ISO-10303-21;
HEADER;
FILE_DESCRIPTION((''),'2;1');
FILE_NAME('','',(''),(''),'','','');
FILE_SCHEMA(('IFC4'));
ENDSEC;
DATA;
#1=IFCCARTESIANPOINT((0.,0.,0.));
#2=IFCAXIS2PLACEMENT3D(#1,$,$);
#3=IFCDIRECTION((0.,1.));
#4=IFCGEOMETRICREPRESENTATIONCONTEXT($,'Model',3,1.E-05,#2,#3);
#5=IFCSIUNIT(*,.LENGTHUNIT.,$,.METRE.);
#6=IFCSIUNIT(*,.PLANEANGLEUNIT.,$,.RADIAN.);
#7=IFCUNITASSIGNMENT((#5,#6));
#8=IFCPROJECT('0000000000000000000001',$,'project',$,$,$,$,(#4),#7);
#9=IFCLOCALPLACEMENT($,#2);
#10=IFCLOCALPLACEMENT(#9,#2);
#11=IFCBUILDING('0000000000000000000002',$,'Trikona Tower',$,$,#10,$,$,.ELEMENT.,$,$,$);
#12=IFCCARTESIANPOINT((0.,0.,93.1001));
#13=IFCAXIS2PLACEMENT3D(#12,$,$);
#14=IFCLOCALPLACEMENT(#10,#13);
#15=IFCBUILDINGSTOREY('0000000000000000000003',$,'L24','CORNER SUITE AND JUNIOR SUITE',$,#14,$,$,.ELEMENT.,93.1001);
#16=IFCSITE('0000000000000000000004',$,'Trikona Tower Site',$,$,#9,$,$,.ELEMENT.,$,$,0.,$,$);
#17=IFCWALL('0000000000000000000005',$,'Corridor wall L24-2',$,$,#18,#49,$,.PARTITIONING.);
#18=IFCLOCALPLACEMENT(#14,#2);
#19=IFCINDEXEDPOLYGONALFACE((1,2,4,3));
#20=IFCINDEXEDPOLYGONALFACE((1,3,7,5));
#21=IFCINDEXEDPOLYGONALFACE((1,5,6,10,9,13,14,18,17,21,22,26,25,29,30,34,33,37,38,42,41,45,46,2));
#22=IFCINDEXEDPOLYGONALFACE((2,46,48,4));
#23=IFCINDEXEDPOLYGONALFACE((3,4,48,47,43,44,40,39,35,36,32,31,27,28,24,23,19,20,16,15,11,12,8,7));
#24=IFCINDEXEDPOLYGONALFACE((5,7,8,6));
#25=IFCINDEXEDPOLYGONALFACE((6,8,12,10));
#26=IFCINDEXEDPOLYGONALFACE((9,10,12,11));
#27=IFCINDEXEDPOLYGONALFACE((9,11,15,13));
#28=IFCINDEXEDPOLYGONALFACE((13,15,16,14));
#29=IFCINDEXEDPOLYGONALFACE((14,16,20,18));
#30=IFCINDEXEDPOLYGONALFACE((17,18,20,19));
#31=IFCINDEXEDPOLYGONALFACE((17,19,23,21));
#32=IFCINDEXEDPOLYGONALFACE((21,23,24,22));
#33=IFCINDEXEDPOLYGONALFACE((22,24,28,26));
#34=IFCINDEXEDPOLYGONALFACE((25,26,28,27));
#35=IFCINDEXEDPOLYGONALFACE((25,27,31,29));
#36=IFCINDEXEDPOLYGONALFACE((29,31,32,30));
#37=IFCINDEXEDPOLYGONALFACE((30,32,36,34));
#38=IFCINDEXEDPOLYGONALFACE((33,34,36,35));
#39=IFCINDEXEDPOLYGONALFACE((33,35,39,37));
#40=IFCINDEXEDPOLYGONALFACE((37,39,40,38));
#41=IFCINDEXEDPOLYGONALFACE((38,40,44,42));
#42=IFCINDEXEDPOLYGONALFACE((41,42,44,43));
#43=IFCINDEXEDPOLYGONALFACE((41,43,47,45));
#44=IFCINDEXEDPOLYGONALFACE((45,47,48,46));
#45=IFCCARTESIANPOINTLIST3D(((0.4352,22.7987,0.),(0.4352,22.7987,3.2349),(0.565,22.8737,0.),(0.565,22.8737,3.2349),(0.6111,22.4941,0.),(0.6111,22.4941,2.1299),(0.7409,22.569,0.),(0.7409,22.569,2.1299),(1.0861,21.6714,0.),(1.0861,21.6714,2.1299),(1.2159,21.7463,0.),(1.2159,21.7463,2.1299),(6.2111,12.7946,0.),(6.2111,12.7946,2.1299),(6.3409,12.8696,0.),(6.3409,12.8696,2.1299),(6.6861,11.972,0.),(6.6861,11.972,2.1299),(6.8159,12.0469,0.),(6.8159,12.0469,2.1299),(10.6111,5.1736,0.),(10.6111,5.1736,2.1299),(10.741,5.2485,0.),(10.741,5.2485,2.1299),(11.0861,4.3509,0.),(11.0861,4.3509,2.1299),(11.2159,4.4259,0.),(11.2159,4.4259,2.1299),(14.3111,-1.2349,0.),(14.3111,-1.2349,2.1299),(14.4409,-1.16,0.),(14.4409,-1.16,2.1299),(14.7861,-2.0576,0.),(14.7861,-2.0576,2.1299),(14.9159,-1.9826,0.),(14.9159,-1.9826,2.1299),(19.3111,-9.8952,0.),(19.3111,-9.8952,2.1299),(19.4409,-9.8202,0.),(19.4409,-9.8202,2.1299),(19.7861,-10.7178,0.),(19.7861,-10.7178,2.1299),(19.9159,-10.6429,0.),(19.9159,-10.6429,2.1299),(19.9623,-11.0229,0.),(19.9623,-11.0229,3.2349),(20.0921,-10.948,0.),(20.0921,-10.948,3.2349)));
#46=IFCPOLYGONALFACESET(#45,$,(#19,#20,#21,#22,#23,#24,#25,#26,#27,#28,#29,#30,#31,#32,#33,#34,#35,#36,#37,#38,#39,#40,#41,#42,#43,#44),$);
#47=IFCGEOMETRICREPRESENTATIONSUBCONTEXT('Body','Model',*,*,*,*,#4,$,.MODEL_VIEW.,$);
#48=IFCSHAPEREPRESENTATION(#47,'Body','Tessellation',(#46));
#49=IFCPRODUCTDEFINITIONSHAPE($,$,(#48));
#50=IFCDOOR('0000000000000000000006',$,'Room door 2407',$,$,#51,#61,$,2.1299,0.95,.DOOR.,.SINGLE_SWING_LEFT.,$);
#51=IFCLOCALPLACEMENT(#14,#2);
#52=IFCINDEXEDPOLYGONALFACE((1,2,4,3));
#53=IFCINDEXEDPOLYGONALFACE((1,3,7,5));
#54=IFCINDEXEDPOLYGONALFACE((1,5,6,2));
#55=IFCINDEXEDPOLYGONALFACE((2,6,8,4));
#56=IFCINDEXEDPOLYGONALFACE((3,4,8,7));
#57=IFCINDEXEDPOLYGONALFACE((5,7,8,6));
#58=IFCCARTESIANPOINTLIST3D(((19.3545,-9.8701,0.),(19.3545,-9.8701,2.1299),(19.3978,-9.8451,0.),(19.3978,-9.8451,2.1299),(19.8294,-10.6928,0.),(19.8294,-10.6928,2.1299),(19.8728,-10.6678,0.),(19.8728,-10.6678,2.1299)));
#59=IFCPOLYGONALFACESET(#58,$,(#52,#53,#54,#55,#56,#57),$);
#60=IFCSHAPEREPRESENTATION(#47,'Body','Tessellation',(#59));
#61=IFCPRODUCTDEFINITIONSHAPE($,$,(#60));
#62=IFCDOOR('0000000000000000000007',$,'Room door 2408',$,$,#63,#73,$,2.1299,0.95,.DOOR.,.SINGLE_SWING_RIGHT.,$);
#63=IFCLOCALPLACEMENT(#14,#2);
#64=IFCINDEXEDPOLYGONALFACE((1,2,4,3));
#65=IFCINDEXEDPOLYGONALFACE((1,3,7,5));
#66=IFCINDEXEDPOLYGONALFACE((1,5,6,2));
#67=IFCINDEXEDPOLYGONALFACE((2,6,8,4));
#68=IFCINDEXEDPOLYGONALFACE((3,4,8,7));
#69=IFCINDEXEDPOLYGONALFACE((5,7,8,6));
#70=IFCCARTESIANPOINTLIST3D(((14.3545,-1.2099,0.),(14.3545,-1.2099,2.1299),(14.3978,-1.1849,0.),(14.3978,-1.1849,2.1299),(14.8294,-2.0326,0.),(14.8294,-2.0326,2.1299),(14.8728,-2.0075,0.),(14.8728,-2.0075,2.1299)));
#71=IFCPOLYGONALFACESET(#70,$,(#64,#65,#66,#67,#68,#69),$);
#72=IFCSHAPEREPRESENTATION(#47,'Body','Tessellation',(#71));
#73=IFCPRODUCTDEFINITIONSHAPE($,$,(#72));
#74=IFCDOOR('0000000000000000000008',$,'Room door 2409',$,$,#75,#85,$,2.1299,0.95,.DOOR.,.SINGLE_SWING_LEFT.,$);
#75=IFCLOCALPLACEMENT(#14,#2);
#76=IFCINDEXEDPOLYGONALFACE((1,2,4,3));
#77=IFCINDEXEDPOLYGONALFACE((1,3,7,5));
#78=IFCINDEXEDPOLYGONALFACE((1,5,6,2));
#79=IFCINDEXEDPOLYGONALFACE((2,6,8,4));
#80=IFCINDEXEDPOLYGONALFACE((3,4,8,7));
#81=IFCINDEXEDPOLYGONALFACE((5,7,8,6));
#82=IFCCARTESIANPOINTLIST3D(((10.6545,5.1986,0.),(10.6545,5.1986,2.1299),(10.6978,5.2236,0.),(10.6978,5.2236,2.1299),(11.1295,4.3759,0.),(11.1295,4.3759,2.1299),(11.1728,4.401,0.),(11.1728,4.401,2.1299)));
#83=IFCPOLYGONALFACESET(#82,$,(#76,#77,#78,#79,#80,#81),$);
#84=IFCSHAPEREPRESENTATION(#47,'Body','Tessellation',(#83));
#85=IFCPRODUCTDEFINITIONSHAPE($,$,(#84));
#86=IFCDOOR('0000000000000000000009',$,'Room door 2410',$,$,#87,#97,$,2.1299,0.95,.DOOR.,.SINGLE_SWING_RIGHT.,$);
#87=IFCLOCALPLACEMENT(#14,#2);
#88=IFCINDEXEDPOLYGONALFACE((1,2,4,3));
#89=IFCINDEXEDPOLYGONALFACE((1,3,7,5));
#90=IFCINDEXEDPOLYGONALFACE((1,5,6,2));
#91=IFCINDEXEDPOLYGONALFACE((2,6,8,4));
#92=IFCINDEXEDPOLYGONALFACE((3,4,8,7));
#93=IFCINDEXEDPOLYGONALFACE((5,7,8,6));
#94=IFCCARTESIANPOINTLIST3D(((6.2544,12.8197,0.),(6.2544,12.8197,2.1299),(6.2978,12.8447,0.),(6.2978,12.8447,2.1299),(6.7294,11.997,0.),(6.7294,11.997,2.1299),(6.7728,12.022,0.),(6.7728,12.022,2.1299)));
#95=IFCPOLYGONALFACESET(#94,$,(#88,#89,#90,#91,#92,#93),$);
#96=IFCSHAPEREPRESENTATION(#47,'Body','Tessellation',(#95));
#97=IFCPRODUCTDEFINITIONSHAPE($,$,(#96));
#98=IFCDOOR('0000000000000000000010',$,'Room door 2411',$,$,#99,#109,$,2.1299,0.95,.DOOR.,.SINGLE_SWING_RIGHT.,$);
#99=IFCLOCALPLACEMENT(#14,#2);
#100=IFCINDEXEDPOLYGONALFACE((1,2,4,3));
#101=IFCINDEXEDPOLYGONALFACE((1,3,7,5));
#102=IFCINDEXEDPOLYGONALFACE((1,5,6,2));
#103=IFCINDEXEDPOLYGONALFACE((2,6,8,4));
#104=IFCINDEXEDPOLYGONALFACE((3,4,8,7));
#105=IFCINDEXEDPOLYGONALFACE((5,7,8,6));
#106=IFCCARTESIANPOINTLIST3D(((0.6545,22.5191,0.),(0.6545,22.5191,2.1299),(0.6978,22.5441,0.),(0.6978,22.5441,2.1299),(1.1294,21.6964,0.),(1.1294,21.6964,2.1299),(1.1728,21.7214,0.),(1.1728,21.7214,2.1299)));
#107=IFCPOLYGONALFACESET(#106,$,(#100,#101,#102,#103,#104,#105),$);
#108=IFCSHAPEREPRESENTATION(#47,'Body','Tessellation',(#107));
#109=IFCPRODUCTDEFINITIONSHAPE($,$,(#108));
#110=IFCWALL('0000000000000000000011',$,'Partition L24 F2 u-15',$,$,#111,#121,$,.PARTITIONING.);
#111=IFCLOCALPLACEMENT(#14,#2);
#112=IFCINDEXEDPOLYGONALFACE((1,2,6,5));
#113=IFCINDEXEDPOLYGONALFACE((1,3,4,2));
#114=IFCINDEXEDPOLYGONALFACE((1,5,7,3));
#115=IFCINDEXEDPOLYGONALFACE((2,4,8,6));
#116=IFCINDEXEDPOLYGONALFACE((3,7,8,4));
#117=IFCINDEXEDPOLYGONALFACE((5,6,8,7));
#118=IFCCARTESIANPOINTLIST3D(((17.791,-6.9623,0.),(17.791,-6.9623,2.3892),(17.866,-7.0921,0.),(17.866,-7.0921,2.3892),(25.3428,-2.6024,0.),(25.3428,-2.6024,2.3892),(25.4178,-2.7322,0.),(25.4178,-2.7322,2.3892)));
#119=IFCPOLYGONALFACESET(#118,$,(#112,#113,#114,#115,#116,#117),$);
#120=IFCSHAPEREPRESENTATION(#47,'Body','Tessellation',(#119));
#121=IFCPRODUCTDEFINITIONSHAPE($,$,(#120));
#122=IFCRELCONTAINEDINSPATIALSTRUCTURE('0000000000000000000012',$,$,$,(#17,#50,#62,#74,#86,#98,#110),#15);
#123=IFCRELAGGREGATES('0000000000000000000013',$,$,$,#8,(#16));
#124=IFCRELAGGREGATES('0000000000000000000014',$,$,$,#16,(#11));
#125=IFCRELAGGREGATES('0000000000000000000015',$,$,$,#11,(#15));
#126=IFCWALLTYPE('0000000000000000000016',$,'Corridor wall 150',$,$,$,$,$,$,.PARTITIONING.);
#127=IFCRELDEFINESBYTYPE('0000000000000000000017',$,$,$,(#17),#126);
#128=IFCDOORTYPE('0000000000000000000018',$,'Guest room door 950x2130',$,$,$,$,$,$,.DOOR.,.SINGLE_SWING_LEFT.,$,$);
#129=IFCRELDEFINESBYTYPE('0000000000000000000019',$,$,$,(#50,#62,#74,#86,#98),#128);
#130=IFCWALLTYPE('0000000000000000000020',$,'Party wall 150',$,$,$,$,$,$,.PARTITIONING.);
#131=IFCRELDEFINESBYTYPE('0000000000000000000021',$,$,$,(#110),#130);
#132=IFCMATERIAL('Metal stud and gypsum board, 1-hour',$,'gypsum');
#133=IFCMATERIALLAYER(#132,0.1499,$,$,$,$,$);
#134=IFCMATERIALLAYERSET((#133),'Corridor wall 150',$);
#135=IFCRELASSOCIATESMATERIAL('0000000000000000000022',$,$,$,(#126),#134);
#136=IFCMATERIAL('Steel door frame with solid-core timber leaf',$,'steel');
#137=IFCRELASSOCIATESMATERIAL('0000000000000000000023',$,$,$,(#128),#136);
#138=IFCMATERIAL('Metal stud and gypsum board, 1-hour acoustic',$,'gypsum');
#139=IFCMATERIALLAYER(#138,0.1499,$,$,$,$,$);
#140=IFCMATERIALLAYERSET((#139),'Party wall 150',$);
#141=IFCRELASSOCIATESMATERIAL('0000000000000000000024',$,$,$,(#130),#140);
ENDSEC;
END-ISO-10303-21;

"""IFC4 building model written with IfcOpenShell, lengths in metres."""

from ifc_helpers import new_model, si_unit, direction, frame, frame_2d, origin, place, context, subcontext, project, spatial, rectangle, extrude, material, layer, layer_set, type_object, element, fill, save


model = new_model("IFC4")

# Units and contexts
model_context = context("Model", 3, precision=1e-05, world=origin(), true_north=direction((0.0, 1.0)))
body_context = subcontext(model_context, "Body", "Model", "MODEL_VIEW")
ifc_project = project(units=[si_unit("LENGTHUNIT", "METRE"), si_unit("PLANEANGLEUNIT", "RADIAN")], contexts=[model_context])

# Site, building, storey
site_placement = place(None, origin())
site = spatial("IfcSite", under=ifc_project, at=site_placement, Name="Trikona Tower Site", CompositionType="ELEMENT", RefElevation=0.0)
building_placement = place(site_placement, origin())
building = spatial("IfcBuilding", under=site, at=building_placement, Name="Trikona Tower", CompositionType="ELEMENT")
storey_placement = place(building_placement, frame((0.0, 0.0, 93.1001)))
storey = spatial("IfcBuildingStorey", under=building, at=storey_placement, Name="L24", Description="CORNER SUITE AND JUNIOR SUITE", CompositionType="ELEMENT", Elevation=93.1001)

# Wall, openings, doors
ifc_material_1 = material(Name="Metal stud and gypsum board, 1-hour", Category="gypsum")
ifc_layer_1 = layer(ifc_material_1, 0.1499)
ifc_layer_set_1 = layer_set([ifc_layer_1], Name="Corridor wall 150")
wall_type_1 = type_object("IfcWallType", Name="Corridor wall 150", PredefinedType="PARTITIONING", material=ifc_layer_set_1)
wall_1_placement = place(storey_placement, frame((20.0271, -10.9854, 0.0), z_axis=(0.0, 0.0, 1.0), x_axis=(-0.500002, 0.866024, 0.0)))
wall_1 = element("IfcWall", 1, at=wall_1_placement, inside=storey, type_object=wall_type_1, Name="Corridor wall L24-2", PredefinedType="PARTITIONING", context=body_context, shape_type="SweptSolid", body=[
    extrude(rectangle(XDim=39.054, YDim=0.1499, at=frame_2d((19.5269, 0.0))), origin(), (0.0, 0.0, 1.0), 3.2349),
])
opening_1_placement = place(wall_1_placement, frame((0.3521, 0.0, 0.0)))
opening_1 = element("IfcOpeningElement", 2, at=opening_1_placement, cuts=wall_1, PredefinedType="OPENING", context=body_context, shape_type="SweptSolid", body=[
    extrude(rectangle(XDim=0.95, YDim=2.1299, at=frame_2d((0.4751, 1.0649))), frame((0.0, 0.085, 0.0), z_axis=(0.0, -1.0, 0.0), x_axis=(1.0, 0.0, 0.0)), (0.0, 0.0, 1.0), 0.1699),
])
opening_2_placement = place(wall_1_placement, frame((10.3521, 0.0, 0.0)))
opening_2 = element("IfcOpeningElement", 3, at=opening_2_placement, cuts=wall_1, PredefinedType="OPENING", context=body_context, shape_type="SweptSolid", body=[
    extrude(rectangle(XDim=0.95, YDim=2.1299, at=frame_2d((0.4751, 1.0649))), frame((0.0, 0.085, 0.0), z_axis=(0.0, -1.0, 0.0), x_axis=(1.0, 0.0, 0.0)), (0.0, 0.0, 1.0), 0.1699),
])
opening_3_placement = place(wall_1_placement, frame((17.752, 0.0, 0.0)))
opening_3 = element("IfcOpeningElement", 4, at=opening_3_placement, cuts=wall_1, PredefinedType="OPENING", context=body_context, shape_type="SweptSolid", body=[
    extrude(rectangle(XDim=0.95, YDim=2.1299, at=frame_2d((0.4751, 1.0649))), frame((0.0, 0.085, 0.0), z_axis=(0.0, -1.0, 0.0), x_axis=(1.0, 0.0, 0.0)), (0.0, 0.0, 1.0), 0.1699),
])
opening_4_placement = place(wall_1_placement, frame((26.552, 0.0, 0.0)))
opening_4 = element("IfcOpeningElement", 5, at=opening_4_placement, cuts=wall_1, PredefinedType="OPENING", context=body_context, shape_type="SweptSolid", body=[
    extrude(rectangle(XDim=0.95, YDim=2.1299, at=frame_2d((0.4751, 1.0649))), frame((0.0, 0.085, 0.0), z_axis=(0.0, -1.0, 0.0), x_axis=(1.0, 0.0, 0.0)), (0.0, 0.0, 1.0), 0.1699),
])
opening_5_placement = place(wall_1_placement, frame((37.752, 0.0, 0.0)))
opening_5 = element("IfcOpeningElement", 6, at=opening_5_placement, cuts=wall_1, PredefinedType="OPENING", context=body_context, shape_type="SweptSolid", body=[
    extrude(rectangle(XDim=0.95, YDim=2.1299, at=frame_2d((0.4751, 1.0649))), frame((0.0, 0.085, 0.0), z_axis=(0.0, -1.0, 0.0), x_axis=(1.0, 0.0, 0.0)), (0.0, 0.0, 1.0), 0.1699),
])
ifc_material_2 = material(Name="Steel door frame with solid-core timber leaf", Category="steel")
door_type_1 = type_object("IfcDoorType", Name="Guest room door 950x2130", OperationType="SINGLE_SWING_LEFT", PredefinedType="DOOR", material=ifc_material_2)
door_1_placement = place(opening_1_placement, origin())
door_1 = element("IfcDoor", 7, at=door_1_placement, inside=storey, type_object=door_type_1, Name="Room door 2407", OperationType="SINGLE_SWING_LEFT", OverallHeight=2.1299, OverallWidth=0.95, PredefinedType="DOOR", context=body_context, shape_type="SweptSolid", body=[
    extrude(rectangle(XDim=0.95, YDim=2.1299, at=frame_2d((0.4751, 1.0649))), frame((0.0, 0.0249, 0.0), z_axis=(0.0, -1.0, 0.0), x_axis=(1.0, 0.0, 0.0)), (0.0, 0.0, 1.0), 0.05),
])
fill(opening_1, door_1)
door_2_placement = place(opening_2_placement, origin())
door_2 = element("IfcDoor", 8, at=door_2_placement, inside=storey, type_object=door_type_1, Name="Room door 2408", OperationType="SINGLE_SWING_RIGHT", OverallHeight=2.1299, OverallWidth=0.95, PredefinedType="DOOR", context=body_context, shape_type="SweptSolid", body=[
    extrude(rectangle(XDim=0.95, YDim=2.1299, at=frame_2d((0.4751, 1.0649))), frame((0.0, 0.0249, 0.0), z_axis=(0.0, -1.0, 0.0), x_axis=(1.0, 0.0, 0.0)), (0.0, 0.0, 1.0), 0.05),
])
fill(opening_2, door_2)
door_3_placement = place(opening_3_placement, origin())
door_3 = element("IfcDoor", 9, at=door_3_placement, inside=storey, type_object=door_type_1, Name="Room door 2409", OperationType="SINGLE_SWING_LEFT", OverallHeight=2.1299, OverallWidth=0.95, PredefinedType="DOOR", context=body_context, shape_type="SweptSolid", body=[
    extrude(rectangle(XDim=0.95, YDim=2.1299, at=frame_2d((0.4751, 1.0649))), frame((0.0, 0.0249, 0.0), z_axis=(0.0, -1.0, 0.0), x_axis=(1.0, 0.0, 0.0)), (0.0, 0.0, 1.0), 0.05),
])
fill(opening_3, door_3)
door_4_placement = place(opening_4_placement, origin())
door_4 = element("IfcDoor", 10, at=door_4_placement, inside=storey, type_object=door_type_1, Name="Room door 2410", OperationType="SINGLE_SWING_RIGHT", OverallHeight=2.1299, OverallWidth=0.95, PredefinedType="DOOR", context=body_context, shape_type="SweptSolid", body=[
    extrude(rectangle(XDim=0.95, YDim=2.1299, at=frame_2d((0.4751, 1.0649))), frame((0.0, 0.0249, 0.0), z_axis=(0.0, -1.0, 0.0), x_axis=(1.0, 0.0, 0.0)), (0.0, 0.0, 1.0), 0.05),
])
fill(opening_4, door_4)
door_5_placement = place(opening_5_placement, origin())
door_5 = element("IfcDoor", 11, at=door_5_placement, inside=storey, type_object=door_type_1, Name="Room door 2411", OperationType="SINGLE_SWING_RIGHT", OverallHeight=2.1299, OverallWidth=0.95, PredefinedType="DOOR", context=body_context, shape_type="SweptSolid", body=[
    extrude(rectangle(XDim=0.95, YDim=2.1299, at=frame_2d((0.4751, 1.0649))), frame((0.0, 0.0249, 0.0), z_axis=(0.0, -1.0, 0.0), x_axis=(1.0, 0.0, 0.0)), (0.0, 0.0, 1.0), 0.05),
])
fill(opening_5, door_5)

# Wall
ifc_material_3 = material(Name="Metal stud and gypsum board, 1-hour acoustic", Category="gypsum")
ifc_layer_2 = layer(ifc_material_3, 0.1499)
ifc_layer_set_2 = layer_set([ifc_layer_2], Name="Party wall 150")
wall_type_2 = type_object("IfcWallType", Name="Party wall 150", PredefinedType="PARTITIONING", material=ifc_layer_set_2)
wall_2_placement = place(storey_placement, frame((17.8286, -7.0271, 0.0), z_axis=(0.0, 0.0, 1.0), x_axis=(0.866033, 0.499987, 0.0)))
element("IfcWall", 12, at=wall_2_placement, inside=storey, type_object=wall_type_2, Name="Partition L24 F2 u-15", PredefinedType="PARTITIONING", context=body_context, shape_type="SweptSolid", body=[
    extrude(rectangle(XDim=8.72, YDim=0.1499, at=frame_2d((4.3599, 0.0))), origin(), (0.0, 0.0, 1.0), 2.3892),
])

save(model, "model.ifc")
